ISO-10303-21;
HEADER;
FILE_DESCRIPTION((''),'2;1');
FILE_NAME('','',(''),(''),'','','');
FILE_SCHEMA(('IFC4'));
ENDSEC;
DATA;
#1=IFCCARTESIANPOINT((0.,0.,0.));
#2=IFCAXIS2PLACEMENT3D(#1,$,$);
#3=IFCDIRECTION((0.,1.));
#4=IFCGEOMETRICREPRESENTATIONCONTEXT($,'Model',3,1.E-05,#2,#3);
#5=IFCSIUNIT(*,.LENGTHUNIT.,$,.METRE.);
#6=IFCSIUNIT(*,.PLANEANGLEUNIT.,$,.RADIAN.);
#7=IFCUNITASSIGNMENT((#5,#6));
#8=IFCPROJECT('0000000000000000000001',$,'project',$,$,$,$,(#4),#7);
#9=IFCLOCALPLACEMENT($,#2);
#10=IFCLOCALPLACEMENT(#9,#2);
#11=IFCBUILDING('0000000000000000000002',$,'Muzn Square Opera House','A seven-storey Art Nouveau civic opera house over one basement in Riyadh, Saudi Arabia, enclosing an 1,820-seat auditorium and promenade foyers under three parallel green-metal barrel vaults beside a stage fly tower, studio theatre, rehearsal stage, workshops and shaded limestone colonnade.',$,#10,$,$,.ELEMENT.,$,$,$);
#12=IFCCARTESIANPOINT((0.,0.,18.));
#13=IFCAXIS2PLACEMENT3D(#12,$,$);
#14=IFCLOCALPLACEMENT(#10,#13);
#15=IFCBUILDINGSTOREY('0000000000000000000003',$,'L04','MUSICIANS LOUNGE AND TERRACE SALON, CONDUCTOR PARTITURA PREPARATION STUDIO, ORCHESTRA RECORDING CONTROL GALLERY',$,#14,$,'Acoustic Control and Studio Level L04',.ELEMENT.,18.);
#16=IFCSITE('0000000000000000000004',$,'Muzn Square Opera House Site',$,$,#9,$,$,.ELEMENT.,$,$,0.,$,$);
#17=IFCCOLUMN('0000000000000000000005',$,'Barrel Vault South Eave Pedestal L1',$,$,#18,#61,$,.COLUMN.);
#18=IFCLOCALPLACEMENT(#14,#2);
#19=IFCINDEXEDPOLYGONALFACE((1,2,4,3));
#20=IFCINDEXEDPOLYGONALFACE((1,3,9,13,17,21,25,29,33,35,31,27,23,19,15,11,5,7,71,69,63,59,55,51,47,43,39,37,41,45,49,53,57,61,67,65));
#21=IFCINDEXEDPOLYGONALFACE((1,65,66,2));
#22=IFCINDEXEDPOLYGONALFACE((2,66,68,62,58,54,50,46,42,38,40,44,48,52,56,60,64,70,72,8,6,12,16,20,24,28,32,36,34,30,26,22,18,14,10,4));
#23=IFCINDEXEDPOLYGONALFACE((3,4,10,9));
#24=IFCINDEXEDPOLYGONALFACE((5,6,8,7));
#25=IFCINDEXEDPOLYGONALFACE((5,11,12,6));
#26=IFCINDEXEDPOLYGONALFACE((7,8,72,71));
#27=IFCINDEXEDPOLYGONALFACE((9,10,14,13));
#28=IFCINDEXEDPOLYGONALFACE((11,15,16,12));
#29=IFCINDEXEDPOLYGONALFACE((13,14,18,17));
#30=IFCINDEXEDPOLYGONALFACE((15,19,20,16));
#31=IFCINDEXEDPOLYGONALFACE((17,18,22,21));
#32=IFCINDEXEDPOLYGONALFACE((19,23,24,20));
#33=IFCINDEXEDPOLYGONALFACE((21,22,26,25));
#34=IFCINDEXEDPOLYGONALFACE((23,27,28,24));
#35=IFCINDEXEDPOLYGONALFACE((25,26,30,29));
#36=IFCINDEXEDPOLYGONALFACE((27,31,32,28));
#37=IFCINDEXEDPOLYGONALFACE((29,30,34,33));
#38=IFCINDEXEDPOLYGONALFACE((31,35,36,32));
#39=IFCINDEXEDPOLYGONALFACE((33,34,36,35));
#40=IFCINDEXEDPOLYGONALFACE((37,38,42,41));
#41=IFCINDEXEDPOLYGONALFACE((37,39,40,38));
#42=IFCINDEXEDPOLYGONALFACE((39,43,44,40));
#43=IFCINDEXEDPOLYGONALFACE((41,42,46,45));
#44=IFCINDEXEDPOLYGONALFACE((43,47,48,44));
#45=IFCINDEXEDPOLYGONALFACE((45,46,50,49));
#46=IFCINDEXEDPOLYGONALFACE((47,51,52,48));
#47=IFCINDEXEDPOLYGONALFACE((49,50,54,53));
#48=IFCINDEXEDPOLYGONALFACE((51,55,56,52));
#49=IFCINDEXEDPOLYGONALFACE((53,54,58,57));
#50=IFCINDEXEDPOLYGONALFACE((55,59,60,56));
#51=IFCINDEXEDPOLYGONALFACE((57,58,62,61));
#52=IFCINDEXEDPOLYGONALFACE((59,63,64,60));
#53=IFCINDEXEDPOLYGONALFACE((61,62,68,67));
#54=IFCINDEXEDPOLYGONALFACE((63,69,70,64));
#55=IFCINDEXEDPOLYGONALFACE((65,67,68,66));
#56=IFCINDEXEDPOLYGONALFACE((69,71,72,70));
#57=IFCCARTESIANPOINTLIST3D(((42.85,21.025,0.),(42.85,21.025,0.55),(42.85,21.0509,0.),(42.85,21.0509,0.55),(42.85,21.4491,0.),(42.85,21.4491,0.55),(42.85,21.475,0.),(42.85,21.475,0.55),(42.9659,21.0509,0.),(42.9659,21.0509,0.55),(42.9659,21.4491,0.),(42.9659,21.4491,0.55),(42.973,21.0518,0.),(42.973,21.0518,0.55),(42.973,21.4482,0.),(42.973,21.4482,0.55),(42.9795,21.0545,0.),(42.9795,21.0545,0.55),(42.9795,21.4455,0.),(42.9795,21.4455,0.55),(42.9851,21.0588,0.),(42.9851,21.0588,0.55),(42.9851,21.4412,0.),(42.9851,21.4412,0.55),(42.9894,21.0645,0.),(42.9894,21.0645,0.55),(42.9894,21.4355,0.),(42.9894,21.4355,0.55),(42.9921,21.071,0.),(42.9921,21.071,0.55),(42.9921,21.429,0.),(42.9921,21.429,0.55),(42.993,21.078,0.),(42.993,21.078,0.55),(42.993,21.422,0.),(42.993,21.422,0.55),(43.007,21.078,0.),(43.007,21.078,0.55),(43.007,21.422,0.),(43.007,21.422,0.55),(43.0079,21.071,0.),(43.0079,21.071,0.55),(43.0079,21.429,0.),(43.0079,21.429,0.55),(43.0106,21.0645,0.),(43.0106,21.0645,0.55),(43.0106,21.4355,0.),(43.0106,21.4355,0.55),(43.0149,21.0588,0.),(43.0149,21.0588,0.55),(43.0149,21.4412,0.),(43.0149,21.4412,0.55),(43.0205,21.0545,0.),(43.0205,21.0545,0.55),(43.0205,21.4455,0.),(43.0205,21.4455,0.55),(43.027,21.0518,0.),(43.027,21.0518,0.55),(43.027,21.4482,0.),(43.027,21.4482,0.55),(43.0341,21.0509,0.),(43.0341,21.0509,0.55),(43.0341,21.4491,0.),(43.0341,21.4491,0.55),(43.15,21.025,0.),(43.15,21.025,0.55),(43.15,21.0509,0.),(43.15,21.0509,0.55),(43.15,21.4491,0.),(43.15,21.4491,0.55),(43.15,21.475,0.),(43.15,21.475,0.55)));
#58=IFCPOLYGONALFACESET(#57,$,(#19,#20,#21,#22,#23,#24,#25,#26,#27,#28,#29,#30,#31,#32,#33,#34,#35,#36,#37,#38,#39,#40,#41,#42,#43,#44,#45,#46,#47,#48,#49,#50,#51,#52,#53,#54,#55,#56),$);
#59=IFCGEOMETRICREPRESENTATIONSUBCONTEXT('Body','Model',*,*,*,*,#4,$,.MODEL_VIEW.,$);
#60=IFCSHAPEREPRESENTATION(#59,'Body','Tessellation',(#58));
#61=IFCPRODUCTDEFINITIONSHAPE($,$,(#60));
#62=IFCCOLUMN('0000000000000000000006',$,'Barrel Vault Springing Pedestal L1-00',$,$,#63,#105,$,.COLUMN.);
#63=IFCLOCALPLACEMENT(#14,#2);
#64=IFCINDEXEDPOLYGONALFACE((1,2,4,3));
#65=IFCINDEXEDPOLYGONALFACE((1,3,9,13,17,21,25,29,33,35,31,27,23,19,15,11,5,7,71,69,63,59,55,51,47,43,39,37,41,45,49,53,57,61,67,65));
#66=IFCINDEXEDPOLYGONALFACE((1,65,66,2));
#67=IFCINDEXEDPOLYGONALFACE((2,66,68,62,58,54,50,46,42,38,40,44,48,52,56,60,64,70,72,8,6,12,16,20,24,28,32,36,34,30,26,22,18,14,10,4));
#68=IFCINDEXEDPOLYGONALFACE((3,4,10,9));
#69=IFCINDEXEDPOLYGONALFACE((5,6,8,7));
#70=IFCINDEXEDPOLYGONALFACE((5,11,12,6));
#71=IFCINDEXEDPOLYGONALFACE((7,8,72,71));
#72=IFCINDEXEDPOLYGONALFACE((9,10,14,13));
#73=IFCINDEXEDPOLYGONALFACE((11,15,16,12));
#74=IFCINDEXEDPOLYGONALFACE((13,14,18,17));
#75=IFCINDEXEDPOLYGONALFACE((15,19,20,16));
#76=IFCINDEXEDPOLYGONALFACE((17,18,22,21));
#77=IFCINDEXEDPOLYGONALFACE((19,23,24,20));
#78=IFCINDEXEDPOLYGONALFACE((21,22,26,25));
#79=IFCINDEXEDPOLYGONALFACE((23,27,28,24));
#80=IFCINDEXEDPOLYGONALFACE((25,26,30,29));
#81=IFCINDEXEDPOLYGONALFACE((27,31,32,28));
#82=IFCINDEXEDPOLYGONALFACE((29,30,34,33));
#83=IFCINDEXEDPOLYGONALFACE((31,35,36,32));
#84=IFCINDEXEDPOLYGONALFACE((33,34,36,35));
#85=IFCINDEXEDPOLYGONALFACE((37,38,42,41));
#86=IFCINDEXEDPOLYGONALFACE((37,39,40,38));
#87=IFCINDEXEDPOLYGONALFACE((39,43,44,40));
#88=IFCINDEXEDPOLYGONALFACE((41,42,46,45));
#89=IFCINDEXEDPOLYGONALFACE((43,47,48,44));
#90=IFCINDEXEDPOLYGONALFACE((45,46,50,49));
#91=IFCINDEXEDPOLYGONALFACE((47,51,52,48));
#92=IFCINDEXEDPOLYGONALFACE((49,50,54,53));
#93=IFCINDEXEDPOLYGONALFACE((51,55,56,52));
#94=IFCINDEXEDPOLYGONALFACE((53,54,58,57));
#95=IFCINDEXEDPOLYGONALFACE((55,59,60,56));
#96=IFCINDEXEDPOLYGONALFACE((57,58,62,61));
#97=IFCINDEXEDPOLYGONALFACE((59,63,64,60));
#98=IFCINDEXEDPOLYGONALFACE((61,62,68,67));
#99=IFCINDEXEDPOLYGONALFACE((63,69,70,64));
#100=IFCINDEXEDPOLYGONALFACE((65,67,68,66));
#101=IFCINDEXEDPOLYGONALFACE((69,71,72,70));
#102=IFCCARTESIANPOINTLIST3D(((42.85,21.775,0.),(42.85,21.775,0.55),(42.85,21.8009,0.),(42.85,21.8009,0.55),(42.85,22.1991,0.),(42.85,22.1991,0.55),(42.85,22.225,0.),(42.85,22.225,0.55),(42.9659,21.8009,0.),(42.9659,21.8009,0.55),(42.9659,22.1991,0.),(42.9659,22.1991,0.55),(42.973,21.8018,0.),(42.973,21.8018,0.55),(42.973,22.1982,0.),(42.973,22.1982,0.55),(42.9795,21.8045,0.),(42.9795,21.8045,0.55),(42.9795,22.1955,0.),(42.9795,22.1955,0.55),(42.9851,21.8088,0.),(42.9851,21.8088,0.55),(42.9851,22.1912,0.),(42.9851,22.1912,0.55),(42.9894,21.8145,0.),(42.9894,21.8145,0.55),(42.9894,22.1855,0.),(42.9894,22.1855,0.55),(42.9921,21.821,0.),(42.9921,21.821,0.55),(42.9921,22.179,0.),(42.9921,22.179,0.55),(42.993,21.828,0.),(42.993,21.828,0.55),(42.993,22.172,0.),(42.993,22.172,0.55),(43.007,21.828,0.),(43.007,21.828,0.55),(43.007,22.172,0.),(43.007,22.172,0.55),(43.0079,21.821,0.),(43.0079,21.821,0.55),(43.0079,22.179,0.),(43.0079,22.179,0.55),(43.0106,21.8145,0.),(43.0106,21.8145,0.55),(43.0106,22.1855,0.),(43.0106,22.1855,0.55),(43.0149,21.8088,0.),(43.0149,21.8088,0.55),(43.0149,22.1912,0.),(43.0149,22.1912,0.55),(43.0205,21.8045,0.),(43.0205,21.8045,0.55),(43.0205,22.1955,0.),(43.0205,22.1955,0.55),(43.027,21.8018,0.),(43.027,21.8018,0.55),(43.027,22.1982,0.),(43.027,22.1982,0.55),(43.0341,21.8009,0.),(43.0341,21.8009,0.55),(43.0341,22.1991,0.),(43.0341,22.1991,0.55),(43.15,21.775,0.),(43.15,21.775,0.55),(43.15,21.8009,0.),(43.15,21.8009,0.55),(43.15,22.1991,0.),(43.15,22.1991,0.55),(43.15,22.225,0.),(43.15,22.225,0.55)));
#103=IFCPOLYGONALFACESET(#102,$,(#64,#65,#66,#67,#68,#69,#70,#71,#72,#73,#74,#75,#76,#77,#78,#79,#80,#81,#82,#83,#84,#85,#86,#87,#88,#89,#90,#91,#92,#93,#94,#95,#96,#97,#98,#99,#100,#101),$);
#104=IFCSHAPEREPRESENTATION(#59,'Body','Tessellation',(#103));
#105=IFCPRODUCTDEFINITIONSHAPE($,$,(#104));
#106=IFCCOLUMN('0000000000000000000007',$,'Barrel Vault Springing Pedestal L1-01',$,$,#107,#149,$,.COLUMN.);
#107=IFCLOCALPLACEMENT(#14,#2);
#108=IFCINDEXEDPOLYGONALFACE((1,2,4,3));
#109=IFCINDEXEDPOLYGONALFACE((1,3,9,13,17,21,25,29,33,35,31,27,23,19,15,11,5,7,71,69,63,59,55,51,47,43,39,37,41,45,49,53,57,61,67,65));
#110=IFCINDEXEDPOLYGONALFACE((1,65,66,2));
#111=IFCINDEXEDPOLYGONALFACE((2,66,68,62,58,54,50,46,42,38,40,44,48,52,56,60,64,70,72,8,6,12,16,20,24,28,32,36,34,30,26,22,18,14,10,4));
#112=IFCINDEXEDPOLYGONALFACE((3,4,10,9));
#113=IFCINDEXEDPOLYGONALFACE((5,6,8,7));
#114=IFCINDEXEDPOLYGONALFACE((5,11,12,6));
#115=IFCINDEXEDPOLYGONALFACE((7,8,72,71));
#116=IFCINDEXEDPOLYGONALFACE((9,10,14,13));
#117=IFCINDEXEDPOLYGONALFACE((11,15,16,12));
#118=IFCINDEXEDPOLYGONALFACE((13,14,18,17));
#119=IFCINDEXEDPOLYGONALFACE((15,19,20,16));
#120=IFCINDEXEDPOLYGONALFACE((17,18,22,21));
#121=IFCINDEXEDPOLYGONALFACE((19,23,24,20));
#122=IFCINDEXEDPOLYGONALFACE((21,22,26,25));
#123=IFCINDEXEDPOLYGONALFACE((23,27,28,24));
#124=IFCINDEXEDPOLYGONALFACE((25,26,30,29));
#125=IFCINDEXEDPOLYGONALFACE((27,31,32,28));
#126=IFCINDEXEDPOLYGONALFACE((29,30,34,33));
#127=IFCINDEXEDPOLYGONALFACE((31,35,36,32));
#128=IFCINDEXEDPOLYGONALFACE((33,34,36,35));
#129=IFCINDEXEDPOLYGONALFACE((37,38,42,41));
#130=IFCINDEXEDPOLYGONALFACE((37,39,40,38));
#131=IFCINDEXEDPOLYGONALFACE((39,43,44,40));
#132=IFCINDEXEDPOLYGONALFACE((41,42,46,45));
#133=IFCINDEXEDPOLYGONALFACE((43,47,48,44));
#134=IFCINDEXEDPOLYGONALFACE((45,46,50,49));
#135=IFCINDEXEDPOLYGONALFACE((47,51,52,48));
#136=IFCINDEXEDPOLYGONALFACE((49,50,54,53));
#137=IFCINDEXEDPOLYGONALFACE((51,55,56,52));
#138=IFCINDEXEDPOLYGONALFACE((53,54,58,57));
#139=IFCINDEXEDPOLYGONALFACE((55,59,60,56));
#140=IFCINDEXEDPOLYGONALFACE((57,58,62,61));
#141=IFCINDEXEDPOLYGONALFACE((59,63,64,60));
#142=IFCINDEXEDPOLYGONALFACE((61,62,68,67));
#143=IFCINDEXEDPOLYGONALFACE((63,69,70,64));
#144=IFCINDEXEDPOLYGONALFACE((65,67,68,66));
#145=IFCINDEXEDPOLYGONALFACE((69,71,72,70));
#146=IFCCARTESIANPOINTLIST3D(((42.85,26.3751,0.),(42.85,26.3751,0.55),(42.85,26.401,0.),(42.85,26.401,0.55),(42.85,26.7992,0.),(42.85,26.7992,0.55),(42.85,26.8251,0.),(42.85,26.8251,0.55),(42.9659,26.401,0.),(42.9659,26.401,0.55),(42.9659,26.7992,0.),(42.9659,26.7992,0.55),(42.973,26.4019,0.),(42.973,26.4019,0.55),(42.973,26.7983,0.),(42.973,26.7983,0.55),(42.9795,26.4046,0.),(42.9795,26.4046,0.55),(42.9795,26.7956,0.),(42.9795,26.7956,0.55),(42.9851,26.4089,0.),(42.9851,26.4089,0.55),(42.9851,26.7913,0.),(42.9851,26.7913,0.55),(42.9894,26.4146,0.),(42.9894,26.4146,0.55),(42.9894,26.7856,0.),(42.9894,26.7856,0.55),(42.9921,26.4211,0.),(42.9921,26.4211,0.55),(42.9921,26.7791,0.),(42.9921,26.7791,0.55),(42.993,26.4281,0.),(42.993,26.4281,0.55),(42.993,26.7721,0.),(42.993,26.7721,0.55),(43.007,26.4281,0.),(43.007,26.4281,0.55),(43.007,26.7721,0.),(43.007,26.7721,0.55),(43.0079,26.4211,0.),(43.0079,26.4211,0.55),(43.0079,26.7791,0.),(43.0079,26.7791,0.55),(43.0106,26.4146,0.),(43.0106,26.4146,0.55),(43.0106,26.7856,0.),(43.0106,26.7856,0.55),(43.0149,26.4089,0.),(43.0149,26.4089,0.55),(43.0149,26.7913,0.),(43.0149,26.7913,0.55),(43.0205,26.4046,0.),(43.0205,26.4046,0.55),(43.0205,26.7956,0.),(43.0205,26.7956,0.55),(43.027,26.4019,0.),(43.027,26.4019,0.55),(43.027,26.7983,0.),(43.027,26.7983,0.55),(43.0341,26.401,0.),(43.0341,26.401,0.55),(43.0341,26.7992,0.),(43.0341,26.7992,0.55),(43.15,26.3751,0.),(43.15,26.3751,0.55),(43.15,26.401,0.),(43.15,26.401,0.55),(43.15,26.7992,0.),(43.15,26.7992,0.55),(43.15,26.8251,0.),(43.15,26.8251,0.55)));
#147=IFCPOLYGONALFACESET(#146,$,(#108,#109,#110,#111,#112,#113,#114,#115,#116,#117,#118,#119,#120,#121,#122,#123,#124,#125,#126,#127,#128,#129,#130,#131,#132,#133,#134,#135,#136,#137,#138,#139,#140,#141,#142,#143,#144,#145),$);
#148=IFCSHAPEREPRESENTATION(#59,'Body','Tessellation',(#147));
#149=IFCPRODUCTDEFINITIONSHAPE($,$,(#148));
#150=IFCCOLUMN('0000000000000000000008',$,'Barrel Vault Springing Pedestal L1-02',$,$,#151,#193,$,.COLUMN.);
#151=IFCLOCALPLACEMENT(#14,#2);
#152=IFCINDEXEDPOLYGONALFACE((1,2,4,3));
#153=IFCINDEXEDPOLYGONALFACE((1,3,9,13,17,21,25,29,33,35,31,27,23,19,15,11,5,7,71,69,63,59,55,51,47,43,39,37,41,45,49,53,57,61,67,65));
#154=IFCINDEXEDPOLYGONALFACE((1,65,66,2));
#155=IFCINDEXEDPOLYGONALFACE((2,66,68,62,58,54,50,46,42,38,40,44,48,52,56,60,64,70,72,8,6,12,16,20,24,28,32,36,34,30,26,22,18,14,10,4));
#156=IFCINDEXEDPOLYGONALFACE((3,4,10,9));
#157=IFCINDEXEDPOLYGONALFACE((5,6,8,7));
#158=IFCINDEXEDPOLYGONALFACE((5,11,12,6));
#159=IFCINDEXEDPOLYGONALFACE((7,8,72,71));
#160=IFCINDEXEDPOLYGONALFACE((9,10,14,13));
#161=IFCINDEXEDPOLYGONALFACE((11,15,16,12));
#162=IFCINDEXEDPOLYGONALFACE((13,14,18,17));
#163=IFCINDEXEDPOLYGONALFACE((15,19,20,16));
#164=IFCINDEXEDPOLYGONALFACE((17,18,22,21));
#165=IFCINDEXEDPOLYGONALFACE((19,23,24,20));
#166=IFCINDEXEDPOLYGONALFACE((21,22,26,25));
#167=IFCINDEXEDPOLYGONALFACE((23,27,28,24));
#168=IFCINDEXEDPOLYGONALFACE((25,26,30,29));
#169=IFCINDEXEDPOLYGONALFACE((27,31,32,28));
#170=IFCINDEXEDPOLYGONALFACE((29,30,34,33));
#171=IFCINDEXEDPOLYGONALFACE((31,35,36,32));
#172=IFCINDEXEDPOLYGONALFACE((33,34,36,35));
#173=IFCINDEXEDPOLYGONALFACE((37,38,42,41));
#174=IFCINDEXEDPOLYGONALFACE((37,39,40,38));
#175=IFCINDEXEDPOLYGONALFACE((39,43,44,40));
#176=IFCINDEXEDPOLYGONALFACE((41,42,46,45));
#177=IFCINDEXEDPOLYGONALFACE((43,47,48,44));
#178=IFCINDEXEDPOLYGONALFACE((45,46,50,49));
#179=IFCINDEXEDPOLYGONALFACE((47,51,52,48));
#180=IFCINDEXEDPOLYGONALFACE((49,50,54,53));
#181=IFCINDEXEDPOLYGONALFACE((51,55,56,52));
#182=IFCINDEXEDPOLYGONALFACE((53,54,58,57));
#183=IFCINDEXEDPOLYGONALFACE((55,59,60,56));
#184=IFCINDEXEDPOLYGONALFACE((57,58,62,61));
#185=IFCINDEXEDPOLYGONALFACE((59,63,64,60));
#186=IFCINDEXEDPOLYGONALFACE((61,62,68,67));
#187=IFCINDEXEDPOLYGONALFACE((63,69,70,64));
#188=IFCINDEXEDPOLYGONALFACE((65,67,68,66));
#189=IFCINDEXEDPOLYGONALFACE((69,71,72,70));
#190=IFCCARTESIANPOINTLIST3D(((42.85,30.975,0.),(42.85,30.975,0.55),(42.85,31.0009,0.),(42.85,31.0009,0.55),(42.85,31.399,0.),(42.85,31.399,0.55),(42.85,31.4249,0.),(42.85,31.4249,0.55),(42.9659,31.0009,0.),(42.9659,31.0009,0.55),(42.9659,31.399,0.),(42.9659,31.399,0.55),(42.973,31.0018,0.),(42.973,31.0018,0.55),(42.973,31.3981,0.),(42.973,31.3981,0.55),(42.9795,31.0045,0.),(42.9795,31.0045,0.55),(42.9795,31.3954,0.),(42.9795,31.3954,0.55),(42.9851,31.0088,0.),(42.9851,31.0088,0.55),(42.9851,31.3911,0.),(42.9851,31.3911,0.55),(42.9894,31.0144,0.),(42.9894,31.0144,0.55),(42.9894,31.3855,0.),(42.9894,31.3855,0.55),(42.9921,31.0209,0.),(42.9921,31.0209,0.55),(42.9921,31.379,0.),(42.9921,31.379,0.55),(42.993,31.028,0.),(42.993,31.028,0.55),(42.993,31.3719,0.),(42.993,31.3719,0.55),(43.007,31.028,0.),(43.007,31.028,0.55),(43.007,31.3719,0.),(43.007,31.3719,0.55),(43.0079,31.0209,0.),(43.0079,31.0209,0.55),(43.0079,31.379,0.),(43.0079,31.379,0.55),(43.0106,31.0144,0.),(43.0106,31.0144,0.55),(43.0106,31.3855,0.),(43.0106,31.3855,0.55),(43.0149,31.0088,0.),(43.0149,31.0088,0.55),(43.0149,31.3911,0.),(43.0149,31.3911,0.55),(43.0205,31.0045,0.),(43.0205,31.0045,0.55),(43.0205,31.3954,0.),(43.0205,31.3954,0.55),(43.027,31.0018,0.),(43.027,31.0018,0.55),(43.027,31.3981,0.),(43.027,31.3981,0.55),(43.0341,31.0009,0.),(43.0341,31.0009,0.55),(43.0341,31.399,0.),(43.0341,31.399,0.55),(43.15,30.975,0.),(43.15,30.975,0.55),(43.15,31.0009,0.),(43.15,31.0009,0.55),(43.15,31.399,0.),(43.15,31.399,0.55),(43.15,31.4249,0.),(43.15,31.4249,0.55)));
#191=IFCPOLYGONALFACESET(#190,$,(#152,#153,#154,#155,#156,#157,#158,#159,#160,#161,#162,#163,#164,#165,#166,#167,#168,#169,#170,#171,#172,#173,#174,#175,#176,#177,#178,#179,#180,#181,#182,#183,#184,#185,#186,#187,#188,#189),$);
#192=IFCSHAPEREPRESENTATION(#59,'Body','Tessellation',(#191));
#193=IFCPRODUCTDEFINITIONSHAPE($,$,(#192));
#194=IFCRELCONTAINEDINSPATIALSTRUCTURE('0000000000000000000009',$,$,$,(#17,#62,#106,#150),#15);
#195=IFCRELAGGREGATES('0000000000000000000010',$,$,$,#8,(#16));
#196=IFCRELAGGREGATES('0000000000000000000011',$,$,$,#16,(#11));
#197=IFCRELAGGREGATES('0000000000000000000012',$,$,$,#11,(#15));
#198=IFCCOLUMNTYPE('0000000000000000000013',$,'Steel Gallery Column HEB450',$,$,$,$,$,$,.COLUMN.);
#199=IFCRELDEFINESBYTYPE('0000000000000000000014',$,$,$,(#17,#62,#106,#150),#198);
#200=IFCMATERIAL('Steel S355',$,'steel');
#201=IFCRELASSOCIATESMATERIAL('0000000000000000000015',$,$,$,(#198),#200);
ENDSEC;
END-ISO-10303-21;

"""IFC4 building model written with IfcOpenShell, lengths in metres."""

from ifc_helpers import new_model, si_unit, direction, frame, origin, origin_2d, place, context, subcontext, project, spatial, i_section, extrude, material, material_profile, profile_set, type_object, element, save


model = new_model("IFC4")

# Units and contexts
model_context = context("Model", 3, precision=1e-05, world=origin(), true_north=direction((0.0, 1.0)))
body_context = subcontext(model_context, "Body", "Model", "MODEL_VIEW")
ifc_project = project(units=[si_unit("LENGTHUNIT", "METRE"), si_unit("PLANEANGLEUNIT", "RADIAN")], contexts=[model_context])

# Site, building, storey
site_placement = place(None, origin())
site = spatial("IfcSite", under=ifc_project, at=site_placement, Name="Muzn Square Opera House Site", CompositionType="ELEMENT", RefElevation=0.0)
building_placement = place(site_placement, origin())
building = spatial("IfcBuilding", under=site, at=building_placement, Name="Muzn Square Opera House", Description="A seven-storey Art Nouveau civic opera house over one basement in Riyadh, Saudi Arabia, enclosing an 1,820-seat auditorium and promenade foyers under three parallel green-metal barrel vaults beside a stage fly tower, studio theatre, rehearsal stage, workshops and shaded limestone colonnade.", CompositionType="ELEMENT")
storey_placement = place(building_placement, frame((0.0, 0.0, 18.0)))
storey = spatial("IfcBuildingStorey", under=building, at=storey_placement, Name="L04", Description="MUSICIANS LOUNGE AND TERRACE SALON, CONDUCTOR PARTITURA PREPARATION STUDIO, ORCHESTRA RECORDING CONTROL GALLERY", LongName="Acoustic Control and Studio Level L04", CompositionType="ELEMENT", Elevation=18.0)

# Columns
ifc_material_1 = material(Name="Steel S355", Category="steel")
ifc_material_profile_1 = material_profile(ifc_material_1, i_section(OverallWidth=0.3, OverallDepth=0.45, WebThickness=0.0139, FlangeThickness=0.0259, FilletRadius=0.0271, at=origin_2d()), Name="HEB 450", Category="steel")
ifc_profile_set_1 = profile_set([ifc_material_profile_1], Name="Steel S355")
column_type = type_object("IfcColumnType", Name="Steel Gallery Column HEB450", PredefinedType="COLUMN", material=ifc_profile_set_1)
for number, where, z_axis, x_axis, name in (
    (1, (43.0, 21.25, 0.0), (0.0, 0.0, 1.0), (1.0, 0.0, 0.0), "Barrel Vault South Eave Pedestal L1"),
    (2, (43.0, 22.0, 0.0), (0.0, 0.0, 1.0), (1.0, 0.0, 0.0), "Barrel Vault Springing Pedestal L1-00"),
    (3, (43.0, 26.6001, 0.0), (0.0, 0.0, 1.0), (1.0, 0.0, 0.0), "Barrel Vault Springing Pedestal L1-01"),
    (4, (43.0, 31.2, 0.0), (0.0, 0.0, 1.0), (1.0, 0.0, 0.0), "Barrel Vault Springing Pedestal L1-02"),
):
    element("IfcColumn", number, at=place(storey_placement, frame(where, z_axis=z_axis, x_axis=x_axis)), inside=storey, type_object=column_type, Name=name, PredefinedType="COLUMN", context=body_context, shape_type="SweptSolid", body=[
        extrude(i_section(OverallWidth=0.3, OverallDepth=0.45, WebThickness=0.0139, FlangeThickness=0.0259, FilletRadius=0.0271, at=origin_2d()), origin(), (0.0, 0.0, 1.0), 0.55),
    ])

save(model, "model.ifc")
